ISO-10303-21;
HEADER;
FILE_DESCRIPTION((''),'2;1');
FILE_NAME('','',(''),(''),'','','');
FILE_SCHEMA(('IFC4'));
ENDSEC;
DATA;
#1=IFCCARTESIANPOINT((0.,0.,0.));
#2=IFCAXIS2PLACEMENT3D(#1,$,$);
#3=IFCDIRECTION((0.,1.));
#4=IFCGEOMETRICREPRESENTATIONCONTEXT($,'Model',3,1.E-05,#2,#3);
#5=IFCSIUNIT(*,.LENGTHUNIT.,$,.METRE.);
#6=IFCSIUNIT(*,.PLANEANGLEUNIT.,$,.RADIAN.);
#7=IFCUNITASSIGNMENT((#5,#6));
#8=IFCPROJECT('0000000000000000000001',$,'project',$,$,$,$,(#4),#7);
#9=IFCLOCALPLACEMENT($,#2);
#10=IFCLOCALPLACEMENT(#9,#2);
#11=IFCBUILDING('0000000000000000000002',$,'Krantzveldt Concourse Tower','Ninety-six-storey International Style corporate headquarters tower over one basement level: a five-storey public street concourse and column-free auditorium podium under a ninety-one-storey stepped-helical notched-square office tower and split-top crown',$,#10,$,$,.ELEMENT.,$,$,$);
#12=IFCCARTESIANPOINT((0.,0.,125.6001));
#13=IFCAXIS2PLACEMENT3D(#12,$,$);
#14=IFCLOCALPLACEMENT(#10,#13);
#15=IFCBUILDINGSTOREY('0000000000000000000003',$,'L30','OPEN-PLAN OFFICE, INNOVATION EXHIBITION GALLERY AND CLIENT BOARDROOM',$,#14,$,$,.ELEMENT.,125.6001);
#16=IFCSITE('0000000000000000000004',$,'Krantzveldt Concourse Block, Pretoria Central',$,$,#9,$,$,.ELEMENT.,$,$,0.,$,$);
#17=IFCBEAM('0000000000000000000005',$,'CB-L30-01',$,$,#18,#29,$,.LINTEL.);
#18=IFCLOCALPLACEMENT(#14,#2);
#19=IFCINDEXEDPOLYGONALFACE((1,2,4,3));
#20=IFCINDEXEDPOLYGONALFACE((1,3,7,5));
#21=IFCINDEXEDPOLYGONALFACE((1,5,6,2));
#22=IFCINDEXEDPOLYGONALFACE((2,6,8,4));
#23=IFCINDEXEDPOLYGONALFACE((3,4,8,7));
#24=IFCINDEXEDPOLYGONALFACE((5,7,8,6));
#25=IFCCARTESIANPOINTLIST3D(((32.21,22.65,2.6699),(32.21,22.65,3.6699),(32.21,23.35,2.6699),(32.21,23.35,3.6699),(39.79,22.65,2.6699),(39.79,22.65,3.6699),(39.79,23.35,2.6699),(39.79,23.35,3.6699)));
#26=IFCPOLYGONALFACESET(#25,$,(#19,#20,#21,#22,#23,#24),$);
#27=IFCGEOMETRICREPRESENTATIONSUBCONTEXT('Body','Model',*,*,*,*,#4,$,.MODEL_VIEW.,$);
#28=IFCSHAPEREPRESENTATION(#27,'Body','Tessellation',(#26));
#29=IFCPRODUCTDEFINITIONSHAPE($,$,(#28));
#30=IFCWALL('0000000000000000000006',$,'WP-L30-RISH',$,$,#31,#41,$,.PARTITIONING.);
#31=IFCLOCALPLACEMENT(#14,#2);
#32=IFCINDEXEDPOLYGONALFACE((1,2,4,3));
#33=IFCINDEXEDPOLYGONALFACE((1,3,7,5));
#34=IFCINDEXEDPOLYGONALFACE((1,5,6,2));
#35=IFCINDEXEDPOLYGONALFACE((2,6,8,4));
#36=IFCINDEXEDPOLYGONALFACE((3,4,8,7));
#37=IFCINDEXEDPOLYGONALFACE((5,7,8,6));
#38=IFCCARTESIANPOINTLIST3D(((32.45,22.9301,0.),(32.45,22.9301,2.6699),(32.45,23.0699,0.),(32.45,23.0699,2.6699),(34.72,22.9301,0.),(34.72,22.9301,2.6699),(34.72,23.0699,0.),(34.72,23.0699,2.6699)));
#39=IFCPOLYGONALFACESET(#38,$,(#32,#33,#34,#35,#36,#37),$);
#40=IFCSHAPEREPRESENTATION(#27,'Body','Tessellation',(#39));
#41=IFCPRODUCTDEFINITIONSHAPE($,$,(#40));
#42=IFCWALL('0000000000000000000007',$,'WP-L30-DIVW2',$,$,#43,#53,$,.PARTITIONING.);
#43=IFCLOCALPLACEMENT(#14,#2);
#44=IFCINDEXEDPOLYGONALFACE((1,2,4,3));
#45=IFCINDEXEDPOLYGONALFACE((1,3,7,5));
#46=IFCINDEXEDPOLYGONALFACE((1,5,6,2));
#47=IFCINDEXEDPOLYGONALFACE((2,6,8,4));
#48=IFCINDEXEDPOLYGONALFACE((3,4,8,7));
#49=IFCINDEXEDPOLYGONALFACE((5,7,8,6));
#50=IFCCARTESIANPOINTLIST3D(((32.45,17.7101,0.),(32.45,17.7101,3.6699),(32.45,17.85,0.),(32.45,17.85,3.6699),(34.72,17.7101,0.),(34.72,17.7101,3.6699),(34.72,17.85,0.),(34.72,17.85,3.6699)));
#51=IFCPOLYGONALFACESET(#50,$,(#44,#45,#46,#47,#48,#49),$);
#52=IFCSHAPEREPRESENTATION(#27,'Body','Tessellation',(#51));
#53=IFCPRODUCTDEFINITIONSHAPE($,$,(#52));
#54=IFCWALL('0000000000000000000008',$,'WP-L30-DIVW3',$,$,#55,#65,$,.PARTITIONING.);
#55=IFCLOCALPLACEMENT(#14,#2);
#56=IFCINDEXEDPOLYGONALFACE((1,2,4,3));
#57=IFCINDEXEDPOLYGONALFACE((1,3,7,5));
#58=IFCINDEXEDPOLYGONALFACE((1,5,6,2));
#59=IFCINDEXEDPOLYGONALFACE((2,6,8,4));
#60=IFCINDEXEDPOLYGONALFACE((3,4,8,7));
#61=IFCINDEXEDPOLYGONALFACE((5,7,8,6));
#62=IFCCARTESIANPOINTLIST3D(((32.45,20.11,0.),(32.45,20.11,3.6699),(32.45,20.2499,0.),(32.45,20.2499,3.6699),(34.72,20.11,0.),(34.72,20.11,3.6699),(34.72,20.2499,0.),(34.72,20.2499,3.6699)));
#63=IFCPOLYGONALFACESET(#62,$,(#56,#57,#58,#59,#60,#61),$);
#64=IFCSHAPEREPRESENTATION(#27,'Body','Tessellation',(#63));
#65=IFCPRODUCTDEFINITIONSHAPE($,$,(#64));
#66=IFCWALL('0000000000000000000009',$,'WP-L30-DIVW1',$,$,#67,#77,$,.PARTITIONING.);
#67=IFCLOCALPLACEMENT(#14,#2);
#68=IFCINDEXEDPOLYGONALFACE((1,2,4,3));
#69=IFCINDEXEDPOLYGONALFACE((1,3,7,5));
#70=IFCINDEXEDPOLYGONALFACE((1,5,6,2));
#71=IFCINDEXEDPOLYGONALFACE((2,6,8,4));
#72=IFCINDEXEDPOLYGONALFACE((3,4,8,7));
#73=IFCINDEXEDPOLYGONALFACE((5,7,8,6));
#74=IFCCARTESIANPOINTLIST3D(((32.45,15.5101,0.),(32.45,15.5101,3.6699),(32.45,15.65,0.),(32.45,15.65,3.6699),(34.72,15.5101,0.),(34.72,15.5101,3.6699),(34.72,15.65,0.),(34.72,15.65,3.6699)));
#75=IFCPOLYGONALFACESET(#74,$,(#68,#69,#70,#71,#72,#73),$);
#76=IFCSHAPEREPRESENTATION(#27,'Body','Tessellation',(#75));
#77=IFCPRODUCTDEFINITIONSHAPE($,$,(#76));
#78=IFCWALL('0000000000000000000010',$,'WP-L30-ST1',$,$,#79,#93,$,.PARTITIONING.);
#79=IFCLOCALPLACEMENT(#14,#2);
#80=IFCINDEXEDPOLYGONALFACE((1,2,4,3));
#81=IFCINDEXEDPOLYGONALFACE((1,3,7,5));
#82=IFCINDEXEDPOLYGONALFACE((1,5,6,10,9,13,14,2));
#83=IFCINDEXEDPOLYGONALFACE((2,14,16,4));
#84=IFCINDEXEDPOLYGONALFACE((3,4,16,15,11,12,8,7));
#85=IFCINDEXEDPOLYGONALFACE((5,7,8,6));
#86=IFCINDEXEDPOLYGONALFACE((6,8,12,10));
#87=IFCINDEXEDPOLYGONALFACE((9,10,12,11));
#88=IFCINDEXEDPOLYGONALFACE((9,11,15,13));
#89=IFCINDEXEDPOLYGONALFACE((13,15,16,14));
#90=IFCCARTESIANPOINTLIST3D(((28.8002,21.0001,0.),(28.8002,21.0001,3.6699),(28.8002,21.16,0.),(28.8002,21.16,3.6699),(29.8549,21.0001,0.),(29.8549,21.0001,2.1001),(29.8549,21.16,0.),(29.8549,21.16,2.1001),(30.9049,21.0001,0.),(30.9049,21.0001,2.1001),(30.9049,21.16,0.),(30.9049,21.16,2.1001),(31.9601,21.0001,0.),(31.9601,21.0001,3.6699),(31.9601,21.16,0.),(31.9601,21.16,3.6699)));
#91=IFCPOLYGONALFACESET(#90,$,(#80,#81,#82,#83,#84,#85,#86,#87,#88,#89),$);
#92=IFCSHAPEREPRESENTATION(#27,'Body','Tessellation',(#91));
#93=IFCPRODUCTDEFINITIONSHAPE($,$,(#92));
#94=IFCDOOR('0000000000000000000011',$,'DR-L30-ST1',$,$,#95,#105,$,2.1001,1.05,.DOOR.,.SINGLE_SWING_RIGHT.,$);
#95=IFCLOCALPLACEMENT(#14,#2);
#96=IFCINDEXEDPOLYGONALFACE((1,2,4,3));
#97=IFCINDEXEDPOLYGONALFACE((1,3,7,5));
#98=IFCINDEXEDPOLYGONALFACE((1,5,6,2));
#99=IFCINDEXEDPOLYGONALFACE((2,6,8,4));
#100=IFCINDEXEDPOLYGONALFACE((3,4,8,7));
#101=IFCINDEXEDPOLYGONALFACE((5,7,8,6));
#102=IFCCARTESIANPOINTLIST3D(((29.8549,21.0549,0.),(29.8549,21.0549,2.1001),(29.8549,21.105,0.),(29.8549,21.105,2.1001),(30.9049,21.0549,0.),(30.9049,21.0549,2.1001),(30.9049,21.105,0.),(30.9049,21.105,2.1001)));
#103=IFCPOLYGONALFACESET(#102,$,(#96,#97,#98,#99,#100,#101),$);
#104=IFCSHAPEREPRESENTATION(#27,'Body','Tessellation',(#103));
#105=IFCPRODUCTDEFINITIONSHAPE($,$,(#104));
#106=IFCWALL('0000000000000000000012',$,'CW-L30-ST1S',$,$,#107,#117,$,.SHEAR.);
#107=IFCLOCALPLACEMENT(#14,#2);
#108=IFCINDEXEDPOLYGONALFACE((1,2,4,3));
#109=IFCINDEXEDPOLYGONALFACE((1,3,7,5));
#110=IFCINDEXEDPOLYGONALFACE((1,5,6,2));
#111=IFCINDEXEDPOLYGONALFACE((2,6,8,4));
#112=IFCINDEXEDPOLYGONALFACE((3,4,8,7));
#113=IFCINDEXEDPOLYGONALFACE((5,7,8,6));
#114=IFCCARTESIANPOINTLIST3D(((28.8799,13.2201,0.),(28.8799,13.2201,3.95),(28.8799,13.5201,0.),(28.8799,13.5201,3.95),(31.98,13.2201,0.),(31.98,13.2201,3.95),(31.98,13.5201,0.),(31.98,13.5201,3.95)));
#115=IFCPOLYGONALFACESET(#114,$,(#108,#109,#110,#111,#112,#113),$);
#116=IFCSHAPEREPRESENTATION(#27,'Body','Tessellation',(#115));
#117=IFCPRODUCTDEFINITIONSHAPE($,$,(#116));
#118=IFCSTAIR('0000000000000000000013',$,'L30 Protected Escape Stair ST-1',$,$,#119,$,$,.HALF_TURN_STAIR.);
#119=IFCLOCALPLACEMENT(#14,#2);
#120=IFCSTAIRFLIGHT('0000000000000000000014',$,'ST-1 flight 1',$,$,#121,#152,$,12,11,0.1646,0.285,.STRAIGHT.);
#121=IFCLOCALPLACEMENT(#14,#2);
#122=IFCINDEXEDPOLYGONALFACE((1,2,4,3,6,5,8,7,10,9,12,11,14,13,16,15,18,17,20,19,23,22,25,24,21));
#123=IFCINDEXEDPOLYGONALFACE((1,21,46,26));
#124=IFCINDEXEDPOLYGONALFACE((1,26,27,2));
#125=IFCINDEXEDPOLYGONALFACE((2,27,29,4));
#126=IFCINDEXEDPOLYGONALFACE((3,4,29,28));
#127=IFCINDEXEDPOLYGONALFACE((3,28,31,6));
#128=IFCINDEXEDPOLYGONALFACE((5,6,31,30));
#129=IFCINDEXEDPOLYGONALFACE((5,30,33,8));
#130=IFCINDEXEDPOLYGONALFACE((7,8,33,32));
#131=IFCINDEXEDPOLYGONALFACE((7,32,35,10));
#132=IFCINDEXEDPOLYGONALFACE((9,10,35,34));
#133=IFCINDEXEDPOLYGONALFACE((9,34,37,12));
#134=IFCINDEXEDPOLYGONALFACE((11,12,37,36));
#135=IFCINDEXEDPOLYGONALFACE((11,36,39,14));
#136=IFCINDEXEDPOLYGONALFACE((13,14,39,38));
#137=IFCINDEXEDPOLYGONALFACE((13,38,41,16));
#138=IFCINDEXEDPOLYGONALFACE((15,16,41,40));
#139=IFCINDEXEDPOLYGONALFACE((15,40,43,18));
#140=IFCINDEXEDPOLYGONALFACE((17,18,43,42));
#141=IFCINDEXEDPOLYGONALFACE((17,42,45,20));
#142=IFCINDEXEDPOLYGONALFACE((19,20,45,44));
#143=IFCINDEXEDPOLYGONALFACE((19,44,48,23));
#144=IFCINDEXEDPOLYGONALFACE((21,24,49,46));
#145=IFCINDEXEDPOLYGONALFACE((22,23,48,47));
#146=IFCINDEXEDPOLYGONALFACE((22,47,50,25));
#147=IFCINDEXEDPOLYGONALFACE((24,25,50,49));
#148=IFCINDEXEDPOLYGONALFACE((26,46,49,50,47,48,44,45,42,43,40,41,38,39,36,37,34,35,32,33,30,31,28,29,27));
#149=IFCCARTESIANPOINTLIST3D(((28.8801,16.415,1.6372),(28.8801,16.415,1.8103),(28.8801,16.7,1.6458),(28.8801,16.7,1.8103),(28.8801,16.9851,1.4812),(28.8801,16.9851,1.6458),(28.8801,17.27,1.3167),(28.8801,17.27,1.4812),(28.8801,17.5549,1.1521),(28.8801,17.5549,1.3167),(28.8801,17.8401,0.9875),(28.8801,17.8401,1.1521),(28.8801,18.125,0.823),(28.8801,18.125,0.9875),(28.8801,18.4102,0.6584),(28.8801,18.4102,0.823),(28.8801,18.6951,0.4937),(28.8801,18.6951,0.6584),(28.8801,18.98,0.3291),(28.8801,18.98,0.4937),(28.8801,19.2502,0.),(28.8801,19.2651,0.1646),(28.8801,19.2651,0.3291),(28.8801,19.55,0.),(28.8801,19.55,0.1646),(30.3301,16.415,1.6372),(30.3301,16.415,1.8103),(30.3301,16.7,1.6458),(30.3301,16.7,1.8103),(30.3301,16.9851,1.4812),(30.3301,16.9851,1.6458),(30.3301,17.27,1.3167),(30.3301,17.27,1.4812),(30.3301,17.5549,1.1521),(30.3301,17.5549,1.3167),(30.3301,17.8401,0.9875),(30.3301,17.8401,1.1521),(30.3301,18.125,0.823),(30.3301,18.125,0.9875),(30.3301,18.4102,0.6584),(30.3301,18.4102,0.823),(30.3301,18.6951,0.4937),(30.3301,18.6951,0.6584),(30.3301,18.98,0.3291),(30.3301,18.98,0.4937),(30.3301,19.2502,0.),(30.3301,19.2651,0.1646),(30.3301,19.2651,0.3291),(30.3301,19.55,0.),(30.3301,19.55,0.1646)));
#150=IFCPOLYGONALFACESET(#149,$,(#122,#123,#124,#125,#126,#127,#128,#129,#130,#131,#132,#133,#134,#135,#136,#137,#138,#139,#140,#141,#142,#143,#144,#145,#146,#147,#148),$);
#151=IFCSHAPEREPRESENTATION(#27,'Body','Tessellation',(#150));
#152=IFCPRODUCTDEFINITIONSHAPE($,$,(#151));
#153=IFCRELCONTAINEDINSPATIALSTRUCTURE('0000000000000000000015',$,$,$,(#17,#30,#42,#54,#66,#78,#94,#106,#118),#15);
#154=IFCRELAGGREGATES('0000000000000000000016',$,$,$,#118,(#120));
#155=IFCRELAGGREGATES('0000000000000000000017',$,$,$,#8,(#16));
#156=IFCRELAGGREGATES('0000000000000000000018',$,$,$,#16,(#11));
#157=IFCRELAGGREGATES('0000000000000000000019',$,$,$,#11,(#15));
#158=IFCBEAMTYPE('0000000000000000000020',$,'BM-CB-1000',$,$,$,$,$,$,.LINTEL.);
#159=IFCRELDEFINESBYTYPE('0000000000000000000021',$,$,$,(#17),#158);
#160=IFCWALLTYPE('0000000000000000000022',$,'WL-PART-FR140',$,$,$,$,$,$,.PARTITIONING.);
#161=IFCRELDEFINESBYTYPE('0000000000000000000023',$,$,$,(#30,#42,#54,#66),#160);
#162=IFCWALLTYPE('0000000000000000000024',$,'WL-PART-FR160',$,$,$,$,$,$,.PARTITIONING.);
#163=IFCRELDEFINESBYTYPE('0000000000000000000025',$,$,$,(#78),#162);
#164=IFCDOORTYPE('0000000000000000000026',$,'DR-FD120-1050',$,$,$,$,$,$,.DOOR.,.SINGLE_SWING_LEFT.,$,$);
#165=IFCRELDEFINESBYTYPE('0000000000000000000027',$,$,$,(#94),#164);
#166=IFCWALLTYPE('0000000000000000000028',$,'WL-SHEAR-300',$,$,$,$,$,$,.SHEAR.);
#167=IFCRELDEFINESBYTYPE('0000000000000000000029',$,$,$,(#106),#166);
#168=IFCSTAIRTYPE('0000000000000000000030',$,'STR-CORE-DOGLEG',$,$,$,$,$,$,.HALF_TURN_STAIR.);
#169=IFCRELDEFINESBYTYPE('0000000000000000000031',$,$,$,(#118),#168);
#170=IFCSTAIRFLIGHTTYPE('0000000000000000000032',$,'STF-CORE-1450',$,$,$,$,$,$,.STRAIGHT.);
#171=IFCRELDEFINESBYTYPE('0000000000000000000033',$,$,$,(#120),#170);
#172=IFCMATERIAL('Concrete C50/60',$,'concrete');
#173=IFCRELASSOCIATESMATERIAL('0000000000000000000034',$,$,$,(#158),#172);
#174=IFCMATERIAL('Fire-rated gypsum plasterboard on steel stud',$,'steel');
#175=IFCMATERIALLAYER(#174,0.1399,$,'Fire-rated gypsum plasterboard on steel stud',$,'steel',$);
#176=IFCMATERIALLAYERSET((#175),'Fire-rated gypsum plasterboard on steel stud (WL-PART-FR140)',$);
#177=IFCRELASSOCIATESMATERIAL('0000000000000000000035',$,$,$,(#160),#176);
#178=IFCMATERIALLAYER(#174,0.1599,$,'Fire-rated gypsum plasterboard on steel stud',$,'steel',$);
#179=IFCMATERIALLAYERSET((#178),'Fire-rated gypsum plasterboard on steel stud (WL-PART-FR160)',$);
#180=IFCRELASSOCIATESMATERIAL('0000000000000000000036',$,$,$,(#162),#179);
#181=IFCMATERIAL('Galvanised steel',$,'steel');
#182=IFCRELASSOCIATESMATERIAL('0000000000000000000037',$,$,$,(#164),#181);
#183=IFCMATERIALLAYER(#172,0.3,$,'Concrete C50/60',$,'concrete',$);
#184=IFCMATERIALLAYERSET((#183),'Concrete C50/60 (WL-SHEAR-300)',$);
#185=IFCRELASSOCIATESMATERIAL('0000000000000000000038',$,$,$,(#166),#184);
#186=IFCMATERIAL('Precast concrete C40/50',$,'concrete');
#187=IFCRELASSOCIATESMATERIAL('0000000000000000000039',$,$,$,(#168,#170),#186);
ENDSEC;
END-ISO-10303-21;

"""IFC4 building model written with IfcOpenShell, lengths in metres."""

from ifc_helpers import new_model, si_unit, direction, frame, frame_2d, origin, origin_2d, place, context, subcontext, project, spatial, polyline, rectangle, outline, extrude, source, transform, mapped, material, layer, layer_set, material_profile, profile_set, type_object, type_shapes, element, fill, aggregate, save


model = new_model("IFC4")

# Units and contexts
model_context = context("Model", 3, precision=1e-05, world=origin(), true_north=direction((0.0, 1.0)))
body_context = subcontext(model_context, "Body", "Model", "MODEL_VIEW")
ifc_project = project(units=[si_unit("LENGTHUNIT", "METRE"), si_unit("PLANEANGLEUNIT", "RADIAN")], contexts=[model_context])

# Site, building, storey
site_placement = place(None, origin())
site = spatial("IfcSite", under=ifc_project, at=site_placement, Name="Krantzveldt Concourse Block, Pretoria Central", CompositionType="ELEMENT", RefElevation=0.0)
building_placement = place(site_placement, origin())
building = spatial("IfcBuilding", under=site, at=building_placement, Name="Krantzveldt Concourse Tower", Description="Ninety-six-storey International Style corporate headquarters tower over one basement level: a five-storey public street concourse and column-free auditorium podium under a ninety-one-storey stepped-helical notched-square office tower and split-top crown", CompositionType="ELEMENT")
storey_placement = place(building_placement, frame((0.0, 0.0, 125.6001)))
storey = spatial("IfcBuildingStorey", under=building, at=storey_placement, Name="L30", Description="OPEN-PLAN OFFICE, INNOVATION EXHIBITION GALLERY AND CLIENT BOARDROOM", CompositionType="ELEMENT", Elevation=125.6001)

# Beam
ifc_material_1 = material(Name="Concrete C50/60", Category="concrete")
ifc_material_profile = material_profile(ifc_material_1, rectangle(XDim=0.7, YDim=1.0, at=origin_2d()), Name="Concrete C50/60", Category="concrete")
ifc_profile_set = profile_set([ifc_material_profile], Name="Concrete C50/60 - RC-CB 700x1000")
beam_type = type_object("IfcBeamType", Name="BM-CB-1000", PredefinedType="LINTEL", material=ifc_profile_set)
shared_shape = source(origin(), body_context, "Body", "SweptSolid", [
    extrude(rectangle(XDim=0.7, YDim=1.0, at=origin_2d()), origin(), (0.0, 0.0, 1.0), 7.5801),
])
type_shapes(beam_type, [shared_shape])
beam_placement = place(storey_placement, frame((32.21, 23.0, 3.1699), z_axis=(1.0, 0.0, 0.0), x_axis=(0.0, 1.0, 0.0)))
element("IfcBeam", 1, at=beam_placement, inside=storey, type_object=beam_type, Name="CB-L30-01", PredefinedType="LINTEL", context=body_context, shape_type="MappedRepresentation", body=[
    mapped(shared_shape, transform((0.0, 0.0, 0.0), x_axis=(1.0, 0.0, 0.0), y_axis=(0.0, 1.0, 0.0), z_axis=(0.0, 0.0, 1.0), scale=1.0)),
])

# Walls
ifc_material_2 = material(Name="Fire-rated gypsum plasterboard on steel stud", Category="steel")
ifc_layer_1 = layer(ifc_material_2, 0.1399, Name="Fire-rated gypsum plasterboard on steel stud", Category="steel")
ifc_layer_set_1 = layer_set([ifc_layer_1], Name="Fire-rated gypsum plasterboard on steel stud (WL-PART-FR140)")
wall_type_1 = type_object("IfcWallType", Name="WL-PART-FR140", PredefinedType="PARTITIONING", material=ifc_layer_set_1)
wall_1_placement = place(storey_placement, frame((32.45, 23.0, 0.0), z_axis=(0.0, 0.0, 1.0), x_axis=(1.0, 0.0, 0.0)))
element("IfcWall", 2, at=wall_1_placement, inside=storey, type_object=wall_type_1, Name="WP-L30-RISH", PredefinedType="PARTITIONING", context=body_context, shape_type="SweptSolid", body=[
    extrude(rectangle(XDim=2.27, YDim=0.1399, at=frame_2d((1.135, 0.0))), origin(), (0.0, 0.0, 1.0), 2.6699),
])
for number, where, z_axis, x_axis, name in (
    (3, (32.45, 17.78, 0.0), (0.0, 0.0, 1.0), (1.0, 0.0, 0.0), "WP-L30-DIVW2"),
    (4, (32.45, 20.1799, 0.0), (0.0, 0.0, 1.0), (1.0, 0.0, 0.0), "WP-L30-DIVW3"),
    (5, (32.45, 15.5801, 0.0), (0.0, 0.0, 1.0), (1.0, 0.0, 0.0), "WP-L30-DIVW1"),
):
    element("IfcWall", number, at=place(storey_placement, frame(where, z_axis=z_axis, x_axis=x_axis)), inside=storey, type_object=wall_type_1, Name=name, PredefinedType="PARTITIONING", context=body_context, shape_type="SweptSolid", body=[
        extrude(rectangle(XDim=2.27, YDim=0.1399, at=frame_2d((1.135, 0.0))), origin(), (0.0, 0.0, 1.0), 3.6699),
    ])

# Wall, opening, door
ifc_layer_2 = layer(ifc_material_2, 0.1599, Name="Fire-rated gypsum plasterboard on steel stud", Category="steel")
ifc_layer_set_2 = layer_set([ifc_layer_2], Name="Fire-rated gypsum plasterboard on steel stud (WL-PART-FR160)")
wall_type_2 = type_object("IfcWallType", Name="WL-PART-FR160", PredefinedType="PARTITIONING", material=ifc_layer_set_2)
wall_2_placement = place(storey_placement, frame((28.8, 21.0801, 0.0), z_axis=(0.0, 0.0, 1.0), x_axis=(1.0, 0.0, 0.0)))
wall_2 = element("IfcWall", 6, at=wall_2_placement, inside=storey, type_object=wall_type_2, Name="WP-L30-ST1", PredefinedType="PARTITIONING", context=body_context, shape_type="SweptSolid", body=[
    extrude(rectangle(XDim=3.1599, YDim=0.1599, at=frame_2d((1.5801, 0.0))), origin(), (0.0, 0.0, 1.0), 3.6699),
])
opening_placement = place(wall_2_placement, frame((1.0549, 0.0, 0.0)))
opening = element("IfcOpeningElement", 7, at=opening_placement, cuts=wall_2, PredefinedType="OPENING", context=body_context, shape_type="SweptSolid", body=[
    extrude(rectangle(XDim=1.05, YDim=2.1001, at=frame_2d((0.5249, 1.05))), frame((0.0, 0.0898, 0.0), z_axis=(0.0, -1.0, 0.0), x_axis=(1.0, 0.0, 0.0)), (0.0, 0.0, 1.0), 0.1799),
])
ifc_material_3 = material(Name="Galvanised steel", Category="steel")
door_type = type_object("IfcDoorType", Name="DR-FD120-1050", OperationType="SINGLE_SWING_LEFT", PredefinedType="DOOR", material=ifc_material_3)
door_placement = place(opening_placement, origin())
door = element("IfcDoor", 8, at=door_placement, inside=storey, type_object=door_type, Name="DR-L30-ST1", OperationType="SINGLE_SWING_RIGHT", OverallHeight=2.1001, OverallWidth=1.05, PredefinedType="DOOR", context=body_context, shape_type="SweptSolid", body=[
    extrude(rectangle(XDim=1.05, YDim=2.1001, at=frame_2d((0.5249, 1.05))), frame((0.0, 0.0249, 0.0), z_axis=(0.0, -1.0, 0.0), x_axis=(1.0, 0.0, 0.0)), (0.0, 0.0, 1.0), 0.05),
])
fill(opening, door)

# Wall
ifc_layer_3 = layer(ifc_material_1, 0.3, Name="Concrete C50/60", Category="concrete")
ifc_layer_set_3 = layer_set([ifc_layer_3], Name="Concrete C50/60 (WL-SHEAR-300)")
wall_type_3 = type_object("IfcWallType", Name="WL-SHEAR-300", PredefinedType="SHEAR", material=ifc_layer_set_3)
wall_3_placement = place(storey_placement, frame((28.8799, 13.3701, 0.0), z_axis=(0.0, 0.0, 1.0), x_axis=(1.0, 0.0, 0.0)))
element("IfcWall", 9, at=wall_3_placement, inside=storey, type_object=wall_type_3, Name="CW-L30-ST1S", PredefinedType="SHEAR", context=body_context, shape_type="SweptSolid", body=[
    extrude(rectangle(XDim=3.1001, YDim=0.3, at=frame_2d((1.55, 0.0))), origin(), (0.0, 0.0, 1.0), 3.95),
])

# Stair, stair flight
ifc_material_4 = material(Name="Precast concrete C40/50", Category="concrete")
stair_type = type_object("IfcStairType", Name="STR-CORE-DOGLEG", PredefinedType="HALF_TURN_STAIR", material=ifc_material_4)
stair_placement = place(storey_placement, origin())
stair = element("IfcStair", 10, at=stair_placement, inside=storey, type_object=stair_type, Name="L30 Protected Escape Stair ST-1", PredefinedType="HALF_TURN_STAIR")
stair_flight_type = type_object("IfcStairFlightType", Name="STF-CORE-1450", PredefinedType="STRAIGHT", material=ifc_material_4)
stair_flight_1_placement = place(storey_placement, frame((29.605, 19.55, 0.0), z_axis=(0.0, 0.0, 1.0), x_axis=(0.0, -1.0, 0.0)))
stair_flight_1 = element("IfcStairFlight", 11, at=stair_flight_1_placement, type_object=stair_flight_type, Name="ST-1 flight 1", NumberOfRisers=12, NumberOfTreads=11, PredefinedType="STRAIGHT", RiserHeight=0.1646, TreadLength=0.285, context=body_context, shape_type="SweptSolid", body=[
    extrude(outline(polyline([(0.0, 0.0), (0.0, 0.1646), (0.2849, 0.1646), (0.2849, 0.3291), (0.5701, 0.3291), (0.5701, 0.4937), (0.855, 0.4937), (0.855, 0.6584), (1.1399, 0.6584), (1.1399, 0.823), (1.425, 0.823), (1.425, 0.9875), (1.71, 0.9875), (1.71, 1.1521), (1.9951, 1.1521), (1.9951, 1.3167), (2.28, 1.3167), (2.28, 1.4812), (2.5649, 1.4812), (2.5649, 1.6458), (2.8501, 1.6458), (2.8501, 1.8103), (3.135, 1.8103), (3.135, 1.9751), (3.135, 1.6372), (0.2998, 0.0), (0.0, 0.0)])), frame((0.0, 0.7251, 0.0), z_axis=(0.0, -1.0, 0.0), x_axis=(1.0, 0.0, 0.0)), (0.0, 0.0, 1.0), 1.45),
])
aggregate(stair, [stair_flight_1])

save(model, "model.ifc")
